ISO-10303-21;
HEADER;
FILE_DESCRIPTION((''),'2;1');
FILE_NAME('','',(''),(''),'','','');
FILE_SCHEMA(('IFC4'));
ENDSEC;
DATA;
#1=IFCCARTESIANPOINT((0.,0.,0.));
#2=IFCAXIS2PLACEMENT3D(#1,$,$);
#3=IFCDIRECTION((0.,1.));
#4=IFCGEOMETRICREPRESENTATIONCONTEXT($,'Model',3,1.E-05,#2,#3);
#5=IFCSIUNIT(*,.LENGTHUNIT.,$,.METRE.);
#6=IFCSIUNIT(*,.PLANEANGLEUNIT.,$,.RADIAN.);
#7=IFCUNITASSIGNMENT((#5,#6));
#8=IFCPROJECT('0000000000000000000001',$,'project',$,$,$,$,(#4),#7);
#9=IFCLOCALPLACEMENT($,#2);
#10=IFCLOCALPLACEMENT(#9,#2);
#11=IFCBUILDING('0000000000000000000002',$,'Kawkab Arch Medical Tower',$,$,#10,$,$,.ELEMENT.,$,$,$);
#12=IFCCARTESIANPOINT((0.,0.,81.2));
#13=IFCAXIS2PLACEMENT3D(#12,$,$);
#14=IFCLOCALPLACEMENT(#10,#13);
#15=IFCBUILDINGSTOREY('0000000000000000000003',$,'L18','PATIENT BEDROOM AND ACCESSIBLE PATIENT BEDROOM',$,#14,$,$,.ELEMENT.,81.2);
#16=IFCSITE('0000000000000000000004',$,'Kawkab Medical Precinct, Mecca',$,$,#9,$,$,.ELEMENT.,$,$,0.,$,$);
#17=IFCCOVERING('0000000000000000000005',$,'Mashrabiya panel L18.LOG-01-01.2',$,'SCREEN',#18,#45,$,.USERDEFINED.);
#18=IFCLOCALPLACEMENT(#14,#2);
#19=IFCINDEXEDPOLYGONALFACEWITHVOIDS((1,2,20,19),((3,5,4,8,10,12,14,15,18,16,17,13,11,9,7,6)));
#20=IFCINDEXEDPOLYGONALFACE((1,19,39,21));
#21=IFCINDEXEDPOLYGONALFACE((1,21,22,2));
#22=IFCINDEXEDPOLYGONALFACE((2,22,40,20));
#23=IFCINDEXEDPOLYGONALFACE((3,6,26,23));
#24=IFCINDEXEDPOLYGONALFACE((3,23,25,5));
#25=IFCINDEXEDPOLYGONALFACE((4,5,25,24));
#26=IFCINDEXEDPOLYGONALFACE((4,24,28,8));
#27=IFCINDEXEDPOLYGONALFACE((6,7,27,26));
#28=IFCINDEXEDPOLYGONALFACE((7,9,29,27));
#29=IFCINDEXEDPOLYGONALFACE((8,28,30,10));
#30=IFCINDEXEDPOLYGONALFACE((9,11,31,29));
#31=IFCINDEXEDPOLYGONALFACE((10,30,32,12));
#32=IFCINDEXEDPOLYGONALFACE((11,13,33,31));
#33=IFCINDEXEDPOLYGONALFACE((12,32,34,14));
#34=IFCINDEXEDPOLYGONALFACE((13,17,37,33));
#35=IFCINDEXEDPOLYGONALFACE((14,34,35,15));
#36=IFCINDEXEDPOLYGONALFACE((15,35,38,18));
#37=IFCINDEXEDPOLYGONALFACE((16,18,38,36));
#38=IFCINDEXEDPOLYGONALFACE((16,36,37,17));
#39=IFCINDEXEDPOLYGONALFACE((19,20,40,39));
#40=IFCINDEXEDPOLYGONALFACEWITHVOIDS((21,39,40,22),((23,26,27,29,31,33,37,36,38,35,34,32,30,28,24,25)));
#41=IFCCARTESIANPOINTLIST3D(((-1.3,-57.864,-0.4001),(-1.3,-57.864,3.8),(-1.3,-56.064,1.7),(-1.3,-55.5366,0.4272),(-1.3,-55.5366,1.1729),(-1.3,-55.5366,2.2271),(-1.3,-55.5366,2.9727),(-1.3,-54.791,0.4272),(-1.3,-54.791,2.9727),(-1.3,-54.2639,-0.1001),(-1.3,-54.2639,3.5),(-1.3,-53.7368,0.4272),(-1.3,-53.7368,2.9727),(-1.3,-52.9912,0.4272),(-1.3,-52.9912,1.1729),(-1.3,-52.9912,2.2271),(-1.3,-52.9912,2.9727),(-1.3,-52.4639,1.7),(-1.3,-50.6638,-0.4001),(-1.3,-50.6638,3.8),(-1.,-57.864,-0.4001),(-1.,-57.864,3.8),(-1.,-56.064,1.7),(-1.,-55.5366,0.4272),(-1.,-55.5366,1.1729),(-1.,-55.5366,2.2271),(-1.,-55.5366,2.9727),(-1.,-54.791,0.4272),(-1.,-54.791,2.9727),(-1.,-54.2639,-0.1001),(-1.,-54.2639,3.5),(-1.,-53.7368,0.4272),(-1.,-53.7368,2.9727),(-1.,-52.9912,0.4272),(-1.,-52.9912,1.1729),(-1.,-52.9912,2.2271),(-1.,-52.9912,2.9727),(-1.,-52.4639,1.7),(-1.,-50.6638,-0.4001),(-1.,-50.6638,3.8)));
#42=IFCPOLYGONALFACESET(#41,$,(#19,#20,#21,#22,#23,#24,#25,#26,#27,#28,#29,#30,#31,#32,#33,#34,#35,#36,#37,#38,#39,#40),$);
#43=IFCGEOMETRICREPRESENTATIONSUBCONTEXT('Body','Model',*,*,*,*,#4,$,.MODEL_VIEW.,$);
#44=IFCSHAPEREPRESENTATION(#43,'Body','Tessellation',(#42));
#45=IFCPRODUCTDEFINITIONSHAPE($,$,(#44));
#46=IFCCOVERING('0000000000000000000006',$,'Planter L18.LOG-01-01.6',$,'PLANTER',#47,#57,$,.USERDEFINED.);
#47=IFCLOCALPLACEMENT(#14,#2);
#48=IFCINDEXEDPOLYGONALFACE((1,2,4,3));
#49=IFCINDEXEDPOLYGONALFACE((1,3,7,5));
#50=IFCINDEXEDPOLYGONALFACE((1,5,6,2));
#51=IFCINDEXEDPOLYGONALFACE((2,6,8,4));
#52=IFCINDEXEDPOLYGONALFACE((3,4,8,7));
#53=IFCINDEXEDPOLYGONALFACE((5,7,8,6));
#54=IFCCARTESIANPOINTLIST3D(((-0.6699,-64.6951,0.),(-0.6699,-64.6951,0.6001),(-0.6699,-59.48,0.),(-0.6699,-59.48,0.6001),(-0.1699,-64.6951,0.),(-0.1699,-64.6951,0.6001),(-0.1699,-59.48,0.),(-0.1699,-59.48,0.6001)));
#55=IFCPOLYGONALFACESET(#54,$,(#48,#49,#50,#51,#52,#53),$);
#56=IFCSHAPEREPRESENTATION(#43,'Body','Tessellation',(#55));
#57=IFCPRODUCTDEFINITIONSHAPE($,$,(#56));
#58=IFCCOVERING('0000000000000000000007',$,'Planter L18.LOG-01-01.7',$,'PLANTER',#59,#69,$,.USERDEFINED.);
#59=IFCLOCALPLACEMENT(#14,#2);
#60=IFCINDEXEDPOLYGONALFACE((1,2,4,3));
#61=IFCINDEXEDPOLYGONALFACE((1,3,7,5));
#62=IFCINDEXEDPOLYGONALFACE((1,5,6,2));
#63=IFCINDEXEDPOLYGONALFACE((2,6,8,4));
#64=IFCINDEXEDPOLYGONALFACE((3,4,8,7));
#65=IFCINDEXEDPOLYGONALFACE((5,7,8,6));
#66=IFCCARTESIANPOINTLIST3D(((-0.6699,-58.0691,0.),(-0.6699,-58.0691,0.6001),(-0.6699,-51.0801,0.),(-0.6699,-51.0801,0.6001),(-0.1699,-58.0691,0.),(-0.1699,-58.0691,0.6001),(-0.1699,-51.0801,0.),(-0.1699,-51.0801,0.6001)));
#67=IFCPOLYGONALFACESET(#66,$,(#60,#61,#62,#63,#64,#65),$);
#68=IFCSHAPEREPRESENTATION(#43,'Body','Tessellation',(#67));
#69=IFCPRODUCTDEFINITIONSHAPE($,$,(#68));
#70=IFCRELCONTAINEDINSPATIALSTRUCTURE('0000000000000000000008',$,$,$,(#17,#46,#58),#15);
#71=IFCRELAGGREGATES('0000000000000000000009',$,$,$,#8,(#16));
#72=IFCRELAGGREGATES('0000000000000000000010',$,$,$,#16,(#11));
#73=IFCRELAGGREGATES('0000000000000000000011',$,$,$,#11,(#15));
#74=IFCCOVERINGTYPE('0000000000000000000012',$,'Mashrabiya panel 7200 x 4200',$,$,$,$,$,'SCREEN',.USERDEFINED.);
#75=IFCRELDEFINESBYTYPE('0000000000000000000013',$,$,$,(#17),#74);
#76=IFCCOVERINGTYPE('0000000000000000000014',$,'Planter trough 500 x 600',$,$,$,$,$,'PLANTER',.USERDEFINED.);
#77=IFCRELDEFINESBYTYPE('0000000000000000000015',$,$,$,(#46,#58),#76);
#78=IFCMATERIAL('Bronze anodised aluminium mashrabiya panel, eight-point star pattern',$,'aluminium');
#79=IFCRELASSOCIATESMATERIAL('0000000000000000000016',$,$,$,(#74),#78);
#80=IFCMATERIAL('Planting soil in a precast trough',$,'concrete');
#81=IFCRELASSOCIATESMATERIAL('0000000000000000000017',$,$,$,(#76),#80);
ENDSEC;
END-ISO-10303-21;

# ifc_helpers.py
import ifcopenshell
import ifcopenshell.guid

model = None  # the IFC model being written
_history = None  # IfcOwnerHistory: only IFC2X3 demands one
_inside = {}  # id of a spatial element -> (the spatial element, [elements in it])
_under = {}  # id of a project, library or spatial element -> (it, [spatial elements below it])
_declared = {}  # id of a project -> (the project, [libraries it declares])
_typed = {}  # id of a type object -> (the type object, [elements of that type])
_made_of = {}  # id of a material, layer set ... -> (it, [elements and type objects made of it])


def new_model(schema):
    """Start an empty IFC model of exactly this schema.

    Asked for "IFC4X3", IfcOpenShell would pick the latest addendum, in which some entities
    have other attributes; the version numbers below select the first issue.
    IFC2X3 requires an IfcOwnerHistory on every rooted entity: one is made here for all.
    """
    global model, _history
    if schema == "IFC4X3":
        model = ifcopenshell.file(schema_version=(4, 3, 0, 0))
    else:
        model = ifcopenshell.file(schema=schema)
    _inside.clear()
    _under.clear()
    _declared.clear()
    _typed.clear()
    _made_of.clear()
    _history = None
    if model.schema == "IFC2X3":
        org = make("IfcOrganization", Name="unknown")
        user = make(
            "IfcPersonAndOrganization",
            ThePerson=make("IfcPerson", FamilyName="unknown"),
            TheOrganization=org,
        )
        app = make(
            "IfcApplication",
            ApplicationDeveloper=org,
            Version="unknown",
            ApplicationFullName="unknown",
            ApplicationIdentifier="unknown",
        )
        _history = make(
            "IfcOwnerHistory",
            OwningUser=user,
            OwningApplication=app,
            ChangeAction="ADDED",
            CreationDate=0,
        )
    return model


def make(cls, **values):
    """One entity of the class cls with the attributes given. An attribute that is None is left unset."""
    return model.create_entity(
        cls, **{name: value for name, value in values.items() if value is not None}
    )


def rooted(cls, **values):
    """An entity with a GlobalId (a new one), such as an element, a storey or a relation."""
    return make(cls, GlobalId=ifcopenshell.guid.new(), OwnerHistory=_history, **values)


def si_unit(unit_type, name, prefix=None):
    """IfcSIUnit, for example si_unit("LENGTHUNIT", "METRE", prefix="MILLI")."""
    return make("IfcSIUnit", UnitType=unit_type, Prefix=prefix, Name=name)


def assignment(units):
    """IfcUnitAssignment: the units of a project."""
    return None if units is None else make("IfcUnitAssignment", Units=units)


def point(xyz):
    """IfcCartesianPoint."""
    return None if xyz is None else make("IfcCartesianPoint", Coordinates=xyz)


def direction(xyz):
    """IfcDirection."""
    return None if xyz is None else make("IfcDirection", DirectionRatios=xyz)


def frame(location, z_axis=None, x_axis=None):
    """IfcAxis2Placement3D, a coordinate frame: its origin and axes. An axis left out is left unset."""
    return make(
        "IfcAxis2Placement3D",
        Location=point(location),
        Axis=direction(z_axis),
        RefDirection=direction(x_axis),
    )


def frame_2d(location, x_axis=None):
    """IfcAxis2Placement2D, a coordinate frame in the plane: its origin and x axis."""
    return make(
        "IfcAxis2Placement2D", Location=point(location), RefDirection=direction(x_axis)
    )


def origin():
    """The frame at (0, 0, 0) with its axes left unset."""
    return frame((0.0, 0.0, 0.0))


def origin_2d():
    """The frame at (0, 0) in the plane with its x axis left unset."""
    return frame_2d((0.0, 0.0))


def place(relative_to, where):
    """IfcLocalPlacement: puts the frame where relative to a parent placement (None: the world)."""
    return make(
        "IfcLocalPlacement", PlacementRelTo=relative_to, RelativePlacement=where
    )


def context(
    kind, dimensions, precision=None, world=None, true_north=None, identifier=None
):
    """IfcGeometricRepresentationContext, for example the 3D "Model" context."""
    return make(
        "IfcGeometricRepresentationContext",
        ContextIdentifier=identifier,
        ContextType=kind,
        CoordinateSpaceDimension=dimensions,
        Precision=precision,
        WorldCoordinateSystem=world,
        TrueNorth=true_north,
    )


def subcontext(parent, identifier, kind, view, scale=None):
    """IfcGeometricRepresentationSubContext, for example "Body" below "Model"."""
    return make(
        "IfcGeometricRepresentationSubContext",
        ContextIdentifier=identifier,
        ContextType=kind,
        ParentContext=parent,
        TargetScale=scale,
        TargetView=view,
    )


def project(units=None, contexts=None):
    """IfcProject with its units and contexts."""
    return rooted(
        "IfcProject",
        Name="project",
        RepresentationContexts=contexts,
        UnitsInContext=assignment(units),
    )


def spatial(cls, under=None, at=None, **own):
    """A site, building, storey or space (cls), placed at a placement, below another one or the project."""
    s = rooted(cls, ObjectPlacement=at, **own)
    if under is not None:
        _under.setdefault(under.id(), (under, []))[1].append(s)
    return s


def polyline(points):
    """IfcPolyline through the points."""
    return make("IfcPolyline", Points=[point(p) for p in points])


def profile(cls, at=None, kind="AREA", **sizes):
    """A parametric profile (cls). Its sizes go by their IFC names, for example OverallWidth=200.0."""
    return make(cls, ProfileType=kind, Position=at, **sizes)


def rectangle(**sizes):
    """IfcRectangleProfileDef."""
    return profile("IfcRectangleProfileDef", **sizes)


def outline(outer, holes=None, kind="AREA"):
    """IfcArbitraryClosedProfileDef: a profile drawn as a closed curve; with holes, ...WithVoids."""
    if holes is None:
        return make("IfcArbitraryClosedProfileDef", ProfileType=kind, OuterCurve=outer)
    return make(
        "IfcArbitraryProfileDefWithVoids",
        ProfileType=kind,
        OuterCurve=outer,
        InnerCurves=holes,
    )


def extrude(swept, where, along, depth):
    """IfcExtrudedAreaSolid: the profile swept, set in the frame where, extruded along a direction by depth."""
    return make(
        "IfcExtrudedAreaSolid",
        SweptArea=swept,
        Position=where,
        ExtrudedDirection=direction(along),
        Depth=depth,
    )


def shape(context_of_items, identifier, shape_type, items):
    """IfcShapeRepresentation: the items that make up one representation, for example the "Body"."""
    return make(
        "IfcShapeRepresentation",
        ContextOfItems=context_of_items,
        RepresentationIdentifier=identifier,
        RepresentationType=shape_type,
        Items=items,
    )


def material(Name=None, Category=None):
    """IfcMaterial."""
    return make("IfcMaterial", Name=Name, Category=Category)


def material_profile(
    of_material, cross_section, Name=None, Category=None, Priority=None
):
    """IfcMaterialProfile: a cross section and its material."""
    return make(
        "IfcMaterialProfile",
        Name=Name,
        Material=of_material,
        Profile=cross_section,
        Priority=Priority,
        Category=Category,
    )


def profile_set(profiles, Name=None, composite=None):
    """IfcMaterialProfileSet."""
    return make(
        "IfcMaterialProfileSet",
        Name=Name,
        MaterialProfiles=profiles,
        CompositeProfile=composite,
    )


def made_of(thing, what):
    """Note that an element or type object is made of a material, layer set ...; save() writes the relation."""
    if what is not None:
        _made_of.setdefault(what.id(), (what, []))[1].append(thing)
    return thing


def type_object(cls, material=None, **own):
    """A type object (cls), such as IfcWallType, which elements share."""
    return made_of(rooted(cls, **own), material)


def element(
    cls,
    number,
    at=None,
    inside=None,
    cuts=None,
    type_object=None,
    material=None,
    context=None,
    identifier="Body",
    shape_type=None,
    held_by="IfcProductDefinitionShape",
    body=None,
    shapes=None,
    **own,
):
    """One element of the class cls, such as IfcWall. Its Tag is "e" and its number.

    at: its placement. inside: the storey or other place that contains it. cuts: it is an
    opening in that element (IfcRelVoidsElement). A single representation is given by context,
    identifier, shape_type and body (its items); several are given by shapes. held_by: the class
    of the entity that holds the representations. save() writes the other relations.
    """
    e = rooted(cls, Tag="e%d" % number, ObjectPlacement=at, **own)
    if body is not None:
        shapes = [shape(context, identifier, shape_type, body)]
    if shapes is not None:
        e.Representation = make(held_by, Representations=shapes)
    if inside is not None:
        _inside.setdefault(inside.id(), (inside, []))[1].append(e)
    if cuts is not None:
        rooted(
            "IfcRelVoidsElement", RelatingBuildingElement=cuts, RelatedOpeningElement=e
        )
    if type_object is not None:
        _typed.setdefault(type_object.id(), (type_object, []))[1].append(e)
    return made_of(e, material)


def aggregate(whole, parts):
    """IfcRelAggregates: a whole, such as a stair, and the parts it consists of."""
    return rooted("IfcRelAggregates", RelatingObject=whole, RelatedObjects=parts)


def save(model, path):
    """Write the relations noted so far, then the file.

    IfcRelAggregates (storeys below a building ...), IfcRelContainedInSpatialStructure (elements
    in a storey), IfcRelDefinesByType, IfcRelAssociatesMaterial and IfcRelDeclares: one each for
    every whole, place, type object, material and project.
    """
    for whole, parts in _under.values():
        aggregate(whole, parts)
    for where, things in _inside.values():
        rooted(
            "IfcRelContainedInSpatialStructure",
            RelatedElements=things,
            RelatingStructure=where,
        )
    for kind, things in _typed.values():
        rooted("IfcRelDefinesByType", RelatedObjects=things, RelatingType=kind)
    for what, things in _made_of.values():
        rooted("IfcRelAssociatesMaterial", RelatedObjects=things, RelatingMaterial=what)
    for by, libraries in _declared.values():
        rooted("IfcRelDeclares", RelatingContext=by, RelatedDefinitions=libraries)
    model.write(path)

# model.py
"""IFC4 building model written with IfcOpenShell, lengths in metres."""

from ifc_helpers import new_model, si_unit, direction, frame, origin, origin_2d, place, context, subcontext, project, spatial, polyline, rectangle, outline, extrude, material, material_profile, profile_set, type_object, element, save


model = new_model("IFC4")

# Units and contexts
model_context = context("Model", 3, precision=1e-05, world=origin(), true_north=direction((0.0, 1.0)))
body_context = subcontext(model_context, "Body", "Model", "MODEL_VIEW")
ifc_project = project(units=[si_unit("LENGTHUNIT", "METRE"), si_unit("PLANEANGLEUNIT", "RADIAN")], contexts=[model_context])

# Site, building, storey
site_placement = place(None, origin())
site = spatial("IfcSite", under=ifc_project, at=site_placement, Name="Kawkab Medical Precinct, Mecca", CompositionType="ELEMENT", RefElevation=0.0)
building_placement = place(site_placement, origin())
building = spatial("IfcBuilding", under=site, at=building_placement, Name="Kawkab Arch Medical Tower", CompositionType="ELEMENT")
storey_placement = place(building_placement, frame((0.0, 0.0, 81.2)))
storey = spatial("IfcBuildingStorey", under=building, at=storey_placement, Name="L18", Description="PATIENT BEDROOM AND ACCESSIBLE PATIENT BEDROOM", CompositionType="ELEMENT", Elevation=81.2)

# Coverings
ifc_material_1 = material(Name="Bronze anodised aluminium mashrabiya panel, eight-point star pattern", Category="aluminium")
ifc_material_profile_1 = material_profile(ifc_material_1, outline(polyline([(-3.6001, -2.1001), (3.6001, -2.1001), (3.6001, 2.1001), (-3.6001, 2.1001), (-3.6001, -2.1001)]), holes=[polyline([(1.8, 0.0), (1.2727, 0.5271), (1.2727, 1.2727), (0.5271, 1.2727), (0.0, 1.8), (-0.5271, 1.2727), (-1.2727, 1.2727), (-1.2727, 0.5271), (-1.8, 0.0), (-1.2727, -0.5271), (-1.2727, -1.2727), (-0.5271, -1.2727), (0.0, -1.8), (0.5271, -1.2727), (1.2727, -1.2727), (1.2727, -0.5271), (1.8, 0.0)])]), Name="Mashrabiya panel 7200x4200")
ifc_profile_set_1 = profile_set([ifc_material_profile_1], Name="Bronze anodised aluminium mashrabiya panel, eight-point star pattern")
covering_type_1 = type_object("IfcCoveringType", Name="Mashrabiya panel 7200 x 4200", ElementType="SCREEN", PredefinedType="USERDEFINED", material=ifc_profile_set_1)
covering_1_placement = place(storey_placement, frame((-1.0, -54.2639, 1.7), z_axis=(-1.0, 0.0, 0.0), x_axis=(0.0, -1.0, 0.0)))
element("IfcCovering", 1, at=covering_1_placement, inside=storey, type_object=covering_type_1, Name="Mashrabiya panel L18.LOG-01-01.2", ObjectType="SCREEN", PredefinedType="USERDEFINED", context=body_context, shape_type="SweptSolid", body=[
    extrude(outline(polyline([(-3.6001, -2.1001), (3.6001, -2.1001), (3.6001, 2.1001), (-3.6001, 2.1001), (-3.6001, -2.1001)]), holes=[polyline([(1.8, 0.0), (1.2727, 0.5271), (1.2727, 1.2727), (0.5271, 1.2727), (0.0, 1.8), (-0.5271, 1.2727), (-1.2727, 1.2727), (-1.2727, 0.5271), (-1.8, 0.0), (-1.2727, -0.5271), (-1.2727, -1.2727), (-0.5271, -1.2727), (0.0, -1.8), (0.5271, -1.2727), (1.2727, -1.2727), (1.2727, -0.5271), (1.8, 0.0)])]), origin(), (0.0, 0.0, 1.0), 0.3),
])
ifc_material_2 = material(Name="Planting soil in a precast trough", Category="concrete")
ifc_material_profile_2 = material_profile(ifc_material_2, rectangle(XDim=0.5, YDim=0.6001, at=origin_2d()), Name="Trough 500x600")
ifc_profile_set_2 = profile_set([ifc_material_profile_2], Name="Planting soil in a precast trough")
covering_type_2 = type_object("IfcCoveringType", Name="Planter trough 500 x 600", ElementType="PLANTER", PredefinedType="USERDEFINED", material=ifc_profile_set_2)
covering_2_placement = place(storey_placement, frame((-0.4199, -64.6951, 0.3), z_axis=(0.0, 1.0, 0.0), x_axis=(-1.0, 0.0, 0.0)))
element("IfcCovering", 2, at=covering_2_placement, inside=storey, type_object=covering_type_2, Name="Planter L18.LOG-01-01.6", ObjectType="PLANTER", PredefinedType="USERDEFINED", context=body_context, shape_type="SweptSolid", body=[
    extrude(rectangle(XDim=0.5, YDim=0.6001, at=origin_2d()), origin(), (0.0, 0.0, 1.0), 5.2151),
])
covering_3_placement = place(storey_placement, frame((-0.4199, -58.0691, 0.3), z_axis=(0.0, 1.0, 0.0), x_axis=(-1.0, 0.0, 0.0)))
element("IfcCovering", 3, at=covering_3_placement, inside=storey, type_object=covering_type_2, Name="Planter L18.LOG-01-01.7", ObjectType="PLANTER", PredefinedType="USERDEFINED", context=body_context, shape_type="SweptSolid", body=[
    extrude(rectangle(XDim=0.5, YDim=0.6001, at=origin_2d()), origin(), (0.0, 0.0, 1.0), 6.989),
])

save(model, "model.ifc")
